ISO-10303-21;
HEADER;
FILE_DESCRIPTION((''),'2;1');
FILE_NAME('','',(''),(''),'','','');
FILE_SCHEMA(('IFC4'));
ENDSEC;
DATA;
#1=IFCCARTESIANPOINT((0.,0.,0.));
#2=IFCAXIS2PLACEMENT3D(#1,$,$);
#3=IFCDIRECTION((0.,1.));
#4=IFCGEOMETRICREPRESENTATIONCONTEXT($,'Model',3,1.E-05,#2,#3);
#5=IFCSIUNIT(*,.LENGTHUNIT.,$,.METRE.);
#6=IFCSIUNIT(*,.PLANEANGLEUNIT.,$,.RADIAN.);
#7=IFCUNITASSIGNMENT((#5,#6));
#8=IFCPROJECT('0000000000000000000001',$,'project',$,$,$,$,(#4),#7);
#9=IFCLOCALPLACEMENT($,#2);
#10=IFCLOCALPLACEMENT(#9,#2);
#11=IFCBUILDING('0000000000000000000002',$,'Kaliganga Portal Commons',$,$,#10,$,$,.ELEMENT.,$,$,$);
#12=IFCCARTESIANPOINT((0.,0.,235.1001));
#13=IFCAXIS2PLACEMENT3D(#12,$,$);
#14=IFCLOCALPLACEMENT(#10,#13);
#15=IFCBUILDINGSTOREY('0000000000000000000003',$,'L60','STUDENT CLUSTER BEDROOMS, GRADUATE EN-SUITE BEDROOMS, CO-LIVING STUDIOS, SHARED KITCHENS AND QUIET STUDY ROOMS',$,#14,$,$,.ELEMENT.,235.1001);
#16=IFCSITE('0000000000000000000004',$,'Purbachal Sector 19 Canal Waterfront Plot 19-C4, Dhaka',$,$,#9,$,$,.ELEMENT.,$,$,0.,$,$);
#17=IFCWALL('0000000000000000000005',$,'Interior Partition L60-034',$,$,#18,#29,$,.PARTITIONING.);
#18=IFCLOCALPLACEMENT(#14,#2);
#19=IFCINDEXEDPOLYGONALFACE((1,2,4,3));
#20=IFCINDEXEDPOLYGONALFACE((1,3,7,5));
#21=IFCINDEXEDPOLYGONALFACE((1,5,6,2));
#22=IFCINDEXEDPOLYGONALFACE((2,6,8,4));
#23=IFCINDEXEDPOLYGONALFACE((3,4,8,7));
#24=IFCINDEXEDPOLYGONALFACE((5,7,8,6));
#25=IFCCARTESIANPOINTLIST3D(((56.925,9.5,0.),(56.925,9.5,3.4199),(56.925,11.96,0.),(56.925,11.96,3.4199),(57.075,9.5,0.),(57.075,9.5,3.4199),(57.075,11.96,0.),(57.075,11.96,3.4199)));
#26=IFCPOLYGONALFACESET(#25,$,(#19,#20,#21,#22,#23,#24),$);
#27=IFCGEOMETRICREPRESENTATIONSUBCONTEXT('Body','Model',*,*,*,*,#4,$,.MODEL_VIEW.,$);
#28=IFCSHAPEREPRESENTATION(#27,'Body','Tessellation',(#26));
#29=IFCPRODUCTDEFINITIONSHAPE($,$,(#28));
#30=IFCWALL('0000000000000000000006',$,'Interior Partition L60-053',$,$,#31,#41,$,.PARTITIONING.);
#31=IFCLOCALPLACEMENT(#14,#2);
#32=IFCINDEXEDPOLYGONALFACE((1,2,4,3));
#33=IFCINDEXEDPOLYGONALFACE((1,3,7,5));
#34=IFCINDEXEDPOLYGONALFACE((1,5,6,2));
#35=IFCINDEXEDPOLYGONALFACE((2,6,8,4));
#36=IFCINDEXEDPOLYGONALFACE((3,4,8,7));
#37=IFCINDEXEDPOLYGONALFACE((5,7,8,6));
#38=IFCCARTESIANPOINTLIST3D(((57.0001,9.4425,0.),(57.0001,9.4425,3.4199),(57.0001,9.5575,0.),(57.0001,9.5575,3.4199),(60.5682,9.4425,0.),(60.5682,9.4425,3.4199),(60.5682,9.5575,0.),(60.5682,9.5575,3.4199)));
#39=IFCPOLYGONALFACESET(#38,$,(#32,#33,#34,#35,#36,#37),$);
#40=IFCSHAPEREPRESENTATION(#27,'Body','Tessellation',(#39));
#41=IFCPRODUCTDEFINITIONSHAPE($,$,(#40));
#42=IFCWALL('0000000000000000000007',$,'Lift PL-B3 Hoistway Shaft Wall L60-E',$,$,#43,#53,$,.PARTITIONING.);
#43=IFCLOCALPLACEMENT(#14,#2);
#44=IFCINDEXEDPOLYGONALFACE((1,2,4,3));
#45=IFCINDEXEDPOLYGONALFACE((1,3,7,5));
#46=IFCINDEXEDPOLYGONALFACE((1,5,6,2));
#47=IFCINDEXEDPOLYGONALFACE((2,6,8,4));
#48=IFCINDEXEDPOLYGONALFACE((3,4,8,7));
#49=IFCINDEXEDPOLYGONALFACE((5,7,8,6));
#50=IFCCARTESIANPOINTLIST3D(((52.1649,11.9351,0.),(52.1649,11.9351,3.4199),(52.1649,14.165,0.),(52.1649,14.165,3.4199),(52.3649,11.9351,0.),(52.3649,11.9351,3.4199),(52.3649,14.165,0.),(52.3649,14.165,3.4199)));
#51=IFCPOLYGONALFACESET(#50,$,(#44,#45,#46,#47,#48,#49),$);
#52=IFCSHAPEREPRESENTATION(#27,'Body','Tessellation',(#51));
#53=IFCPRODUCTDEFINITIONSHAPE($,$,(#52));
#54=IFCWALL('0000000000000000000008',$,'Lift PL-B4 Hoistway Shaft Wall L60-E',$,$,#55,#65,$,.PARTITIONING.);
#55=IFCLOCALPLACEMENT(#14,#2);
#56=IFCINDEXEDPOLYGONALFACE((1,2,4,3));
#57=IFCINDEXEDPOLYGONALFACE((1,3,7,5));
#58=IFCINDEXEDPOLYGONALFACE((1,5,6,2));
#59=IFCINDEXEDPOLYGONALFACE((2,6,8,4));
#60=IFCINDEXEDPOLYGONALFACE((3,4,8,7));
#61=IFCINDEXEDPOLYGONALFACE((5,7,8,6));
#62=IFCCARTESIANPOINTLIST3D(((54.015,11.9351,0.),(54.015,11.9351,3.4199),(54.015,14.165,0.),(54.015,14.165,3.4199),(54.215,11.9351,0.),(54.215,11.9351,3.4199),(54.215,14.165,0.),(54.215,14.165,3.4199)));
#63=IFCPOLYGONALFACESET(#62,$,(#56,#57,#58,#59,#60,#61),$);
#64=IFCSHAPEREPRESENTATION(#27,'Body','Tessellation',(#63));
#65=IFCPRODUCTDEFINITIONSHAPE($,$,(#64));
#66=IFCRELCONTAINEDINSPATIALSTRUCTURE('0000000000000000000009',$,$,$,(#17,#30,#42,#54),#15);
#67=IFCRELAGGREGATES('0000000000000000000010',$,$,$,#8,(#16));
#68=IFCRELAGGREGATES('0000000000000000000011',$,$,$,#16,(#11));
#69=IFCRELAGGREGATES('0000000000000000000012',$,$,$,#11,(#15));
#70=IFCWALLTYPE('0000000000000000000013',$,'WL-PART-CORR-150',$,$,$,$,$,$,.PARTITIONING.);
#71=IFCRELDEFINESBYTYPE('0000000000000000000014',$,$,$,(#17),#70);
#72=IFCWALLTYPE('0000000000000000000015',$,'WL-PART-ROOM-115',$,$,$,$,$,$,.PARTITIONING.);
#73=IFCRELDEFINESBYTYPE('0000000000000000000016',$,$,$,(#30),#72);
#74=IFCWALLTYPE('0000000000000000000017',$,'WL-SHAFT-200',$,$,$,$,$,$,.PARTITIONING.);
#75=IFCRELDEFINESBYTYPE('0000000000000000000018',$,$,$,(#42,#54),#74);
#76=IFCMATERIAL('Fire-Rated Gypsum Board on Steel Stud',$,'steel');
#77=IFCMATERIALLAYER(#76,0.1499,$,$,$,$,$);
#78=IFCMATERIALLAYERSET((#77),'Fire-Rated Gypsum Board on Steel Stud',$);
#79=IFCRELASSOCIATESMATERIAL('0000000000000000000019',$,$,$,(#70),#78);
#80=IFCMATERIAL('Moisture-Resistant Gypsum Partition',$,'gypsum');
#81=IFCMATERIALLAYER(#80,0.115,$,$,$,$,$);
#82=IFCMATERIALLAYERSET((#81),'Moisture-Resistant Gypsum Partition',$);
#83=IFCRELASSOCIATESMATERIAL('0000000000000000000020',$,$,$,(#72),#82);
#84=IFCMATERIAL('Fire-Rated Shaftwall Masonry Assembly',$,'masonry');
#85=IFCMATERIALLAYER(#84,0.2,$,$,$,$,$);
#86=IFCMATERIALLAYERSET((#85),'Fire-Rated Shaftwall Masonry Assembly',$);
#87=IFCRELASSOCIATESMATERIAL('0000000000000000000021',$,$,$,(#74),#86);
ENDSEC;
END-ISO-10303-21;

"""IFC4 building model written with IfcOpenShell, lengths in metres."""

from ifc_helpers import new_model, si_unit, direction, frame, frame_2d, origin, place, context, subcontext, project, spatial, rectangle, extrude, material, layer, layer_set, type_object, element, save


model = new_model("IFC4")

# Units and contexts
model_context = context("Model", 3, precision=1e-05, world=origin(), true_north=direction((0.0, 1.0)))
body_context = subcontext(model_context, "Body", "Model", "MODEL_VIEW")
ifc_project = project(units=[si_unit("LENGTHUNIT", "METRE"), si_unit("PLANEANGLEUNIT", "RADIAN")], contexts=[model_context])

# Site, building, storey
site_placement = place(None, origin())
site = spatial("IfcSite", under=ifc_project, at=site_placement, Name="Purbachal Sector 19 Canal Waterfront Plot 19-C4, Dhaka", CompositionType="ELEMENT", RefElevation=0.0)
building_placement = place(site_placement, origin())
building = spatial("IfcBuilding", under=site, at=building_placement, Name="Kaliganga Portal Commons", CompositionType="ELEMENT")
storey_placement = place(building_placement, frame((0.0, 0.0, 235.1001)))
storey = spatial("IfcBuildingStorey", under=building, at=storey_placement, Name="L60", Description="STUDENT CLUSTER BEDROOMS, GRADUATE EN-SUITE BEDROOMS, CO-LIVING STUDIOS, SHARED KITCHENS AND QUIET STUDY ROOMS", CompositionType="ELEMENT", Elevation=235.1001)

# Walls
ifc_material_1 = material(Name="Fire-Rated Gypsum Board on Steel Stud", Category="steel")
ifc_layer_1 = layer(ifc_material_1, 0.1499)
ifc_layer_set_1 = layer_set([ifc_layer_1], Name="Fire-Rated Gypsum Board on Steel Stud")
wall_type_1 = type_object("IfcWallType", Name="WL-PART-CORR-150", PredefinedType="PARTITIONING", material=ifc_layer_set_1)
wall_1_placement = place(storey_placement, frame((57.0, 9.5, 0.0), z_axis=(0.0, 0.0, 1.0), x_axis=(0.0, 1.0, 0.0)))
element("IfcWall", 1, at=wall_1_placement, inside=storey, type_object=wall_type_1, Name="Interior Partition L60-034", PredefinedType="PARTITIONING", context=body_context, shape_type="SweptSolid", body=[
    extrude(rectangle(XDim=2.46, YDim=0.1499, at=frame_2d((1.23, 0.0))), origin(), (0.0, 0.0, 1.0), 3.4199),
])
ifc_material_2 = material(Name="Moisture-Resistant Gypsum Partition", Category="gypsum")
ifc_layer_2 = layer(ifc_material_2, 0.115)
ifc_layer_set_2 = layer_set([ifc_layer_2], Name="Moisture-Resistant Gypsum Partition")
wall_type_2 = type_object("IfcWallType", Name="WL-PART-ROOM-115", PredefinedType="PARTITIONING", material=ifc_layer_set_2)
wall_2_placement = place(storey_placement, frame((57.0, 9.5, 0.0), z_axis=(0.0, 0.0, 1.0), x_axis=(1.0, 0.0, 0.0)))
element("IfcWall", 2, at=wall_2_placement, inside=storey, type_object=wall_type_2, Name="Interior Partition L60-053", PredefinedType="PARTITIONING", context=body_context, shape_type="SweptSolid", body=[
    extrude(rectangle(XDim=3.5681, YDim=0.115, at=frame_2d((1.7842, 0.0))), origin(), (0.0, 0.0, 1.0), 3.4199),
])
ifc_material_3 = material(Name="Fire-Rated Shaftwall Masonry Assembly", Category="masonry")
ifc_layer_3 = layer(ifc_material_3, 0.2)
ifc_layer_set_3 = layer_set([ifc_layer_3], Name="Fire-Rated Shaftwall Masonry Assembly")
wall_type_3 = type_object("IfcWallType", Name="WL-SHAFT-200", PredefinedType="PARTITIONING", material=ifc_layer_set_3)
wall_3_placement = place(storey_placement, frame((52.2649, 11.9351, 0.0), z_axis=(0.0, 0.0, 1.0), x_axis=(0.0, 1.0, 0.0)))
element("IfcWall", 3, at=wall_3_placement, inside=storey, type_object=wall_type_3, Name="Lift PL-B3 Hoistway Shaft Wall L60-E", PredefinedType="PARTITIONING", context=body_context, shape_type="SweptSolid", body=[
    extrude(rectangle(XDim=2.23, YDim=0.2, at=frame_2d((1.115, 0.0))), origin(), (0.0, 0.0, 1.0), 3.4199),
])

# Wall
wall_4_placement = place(storey_placement, frame((54.115, 11.9351, 0.0), z_axis=(0.0, 0.0, 1.0), x_axis=(0.0, 1.0, 0.0)))
element("IfcWall", 4, at=wall_4_placement, inside=storey, type_object=wall_type_3, Name="Lift PL-B4 Hoistway Shaft Wall L60-E", PredefinedType="PARTITIONING", context=body_context, shape_type="SweptSolid", body=[
    extrude(rectangle(XDim=2.23, YDim=0.2, at=frame_2d((1.115, 0.0))), origin(), (0.0, 0.0, 1.0), 3.4199),
])

save(model, "model.ifc")
